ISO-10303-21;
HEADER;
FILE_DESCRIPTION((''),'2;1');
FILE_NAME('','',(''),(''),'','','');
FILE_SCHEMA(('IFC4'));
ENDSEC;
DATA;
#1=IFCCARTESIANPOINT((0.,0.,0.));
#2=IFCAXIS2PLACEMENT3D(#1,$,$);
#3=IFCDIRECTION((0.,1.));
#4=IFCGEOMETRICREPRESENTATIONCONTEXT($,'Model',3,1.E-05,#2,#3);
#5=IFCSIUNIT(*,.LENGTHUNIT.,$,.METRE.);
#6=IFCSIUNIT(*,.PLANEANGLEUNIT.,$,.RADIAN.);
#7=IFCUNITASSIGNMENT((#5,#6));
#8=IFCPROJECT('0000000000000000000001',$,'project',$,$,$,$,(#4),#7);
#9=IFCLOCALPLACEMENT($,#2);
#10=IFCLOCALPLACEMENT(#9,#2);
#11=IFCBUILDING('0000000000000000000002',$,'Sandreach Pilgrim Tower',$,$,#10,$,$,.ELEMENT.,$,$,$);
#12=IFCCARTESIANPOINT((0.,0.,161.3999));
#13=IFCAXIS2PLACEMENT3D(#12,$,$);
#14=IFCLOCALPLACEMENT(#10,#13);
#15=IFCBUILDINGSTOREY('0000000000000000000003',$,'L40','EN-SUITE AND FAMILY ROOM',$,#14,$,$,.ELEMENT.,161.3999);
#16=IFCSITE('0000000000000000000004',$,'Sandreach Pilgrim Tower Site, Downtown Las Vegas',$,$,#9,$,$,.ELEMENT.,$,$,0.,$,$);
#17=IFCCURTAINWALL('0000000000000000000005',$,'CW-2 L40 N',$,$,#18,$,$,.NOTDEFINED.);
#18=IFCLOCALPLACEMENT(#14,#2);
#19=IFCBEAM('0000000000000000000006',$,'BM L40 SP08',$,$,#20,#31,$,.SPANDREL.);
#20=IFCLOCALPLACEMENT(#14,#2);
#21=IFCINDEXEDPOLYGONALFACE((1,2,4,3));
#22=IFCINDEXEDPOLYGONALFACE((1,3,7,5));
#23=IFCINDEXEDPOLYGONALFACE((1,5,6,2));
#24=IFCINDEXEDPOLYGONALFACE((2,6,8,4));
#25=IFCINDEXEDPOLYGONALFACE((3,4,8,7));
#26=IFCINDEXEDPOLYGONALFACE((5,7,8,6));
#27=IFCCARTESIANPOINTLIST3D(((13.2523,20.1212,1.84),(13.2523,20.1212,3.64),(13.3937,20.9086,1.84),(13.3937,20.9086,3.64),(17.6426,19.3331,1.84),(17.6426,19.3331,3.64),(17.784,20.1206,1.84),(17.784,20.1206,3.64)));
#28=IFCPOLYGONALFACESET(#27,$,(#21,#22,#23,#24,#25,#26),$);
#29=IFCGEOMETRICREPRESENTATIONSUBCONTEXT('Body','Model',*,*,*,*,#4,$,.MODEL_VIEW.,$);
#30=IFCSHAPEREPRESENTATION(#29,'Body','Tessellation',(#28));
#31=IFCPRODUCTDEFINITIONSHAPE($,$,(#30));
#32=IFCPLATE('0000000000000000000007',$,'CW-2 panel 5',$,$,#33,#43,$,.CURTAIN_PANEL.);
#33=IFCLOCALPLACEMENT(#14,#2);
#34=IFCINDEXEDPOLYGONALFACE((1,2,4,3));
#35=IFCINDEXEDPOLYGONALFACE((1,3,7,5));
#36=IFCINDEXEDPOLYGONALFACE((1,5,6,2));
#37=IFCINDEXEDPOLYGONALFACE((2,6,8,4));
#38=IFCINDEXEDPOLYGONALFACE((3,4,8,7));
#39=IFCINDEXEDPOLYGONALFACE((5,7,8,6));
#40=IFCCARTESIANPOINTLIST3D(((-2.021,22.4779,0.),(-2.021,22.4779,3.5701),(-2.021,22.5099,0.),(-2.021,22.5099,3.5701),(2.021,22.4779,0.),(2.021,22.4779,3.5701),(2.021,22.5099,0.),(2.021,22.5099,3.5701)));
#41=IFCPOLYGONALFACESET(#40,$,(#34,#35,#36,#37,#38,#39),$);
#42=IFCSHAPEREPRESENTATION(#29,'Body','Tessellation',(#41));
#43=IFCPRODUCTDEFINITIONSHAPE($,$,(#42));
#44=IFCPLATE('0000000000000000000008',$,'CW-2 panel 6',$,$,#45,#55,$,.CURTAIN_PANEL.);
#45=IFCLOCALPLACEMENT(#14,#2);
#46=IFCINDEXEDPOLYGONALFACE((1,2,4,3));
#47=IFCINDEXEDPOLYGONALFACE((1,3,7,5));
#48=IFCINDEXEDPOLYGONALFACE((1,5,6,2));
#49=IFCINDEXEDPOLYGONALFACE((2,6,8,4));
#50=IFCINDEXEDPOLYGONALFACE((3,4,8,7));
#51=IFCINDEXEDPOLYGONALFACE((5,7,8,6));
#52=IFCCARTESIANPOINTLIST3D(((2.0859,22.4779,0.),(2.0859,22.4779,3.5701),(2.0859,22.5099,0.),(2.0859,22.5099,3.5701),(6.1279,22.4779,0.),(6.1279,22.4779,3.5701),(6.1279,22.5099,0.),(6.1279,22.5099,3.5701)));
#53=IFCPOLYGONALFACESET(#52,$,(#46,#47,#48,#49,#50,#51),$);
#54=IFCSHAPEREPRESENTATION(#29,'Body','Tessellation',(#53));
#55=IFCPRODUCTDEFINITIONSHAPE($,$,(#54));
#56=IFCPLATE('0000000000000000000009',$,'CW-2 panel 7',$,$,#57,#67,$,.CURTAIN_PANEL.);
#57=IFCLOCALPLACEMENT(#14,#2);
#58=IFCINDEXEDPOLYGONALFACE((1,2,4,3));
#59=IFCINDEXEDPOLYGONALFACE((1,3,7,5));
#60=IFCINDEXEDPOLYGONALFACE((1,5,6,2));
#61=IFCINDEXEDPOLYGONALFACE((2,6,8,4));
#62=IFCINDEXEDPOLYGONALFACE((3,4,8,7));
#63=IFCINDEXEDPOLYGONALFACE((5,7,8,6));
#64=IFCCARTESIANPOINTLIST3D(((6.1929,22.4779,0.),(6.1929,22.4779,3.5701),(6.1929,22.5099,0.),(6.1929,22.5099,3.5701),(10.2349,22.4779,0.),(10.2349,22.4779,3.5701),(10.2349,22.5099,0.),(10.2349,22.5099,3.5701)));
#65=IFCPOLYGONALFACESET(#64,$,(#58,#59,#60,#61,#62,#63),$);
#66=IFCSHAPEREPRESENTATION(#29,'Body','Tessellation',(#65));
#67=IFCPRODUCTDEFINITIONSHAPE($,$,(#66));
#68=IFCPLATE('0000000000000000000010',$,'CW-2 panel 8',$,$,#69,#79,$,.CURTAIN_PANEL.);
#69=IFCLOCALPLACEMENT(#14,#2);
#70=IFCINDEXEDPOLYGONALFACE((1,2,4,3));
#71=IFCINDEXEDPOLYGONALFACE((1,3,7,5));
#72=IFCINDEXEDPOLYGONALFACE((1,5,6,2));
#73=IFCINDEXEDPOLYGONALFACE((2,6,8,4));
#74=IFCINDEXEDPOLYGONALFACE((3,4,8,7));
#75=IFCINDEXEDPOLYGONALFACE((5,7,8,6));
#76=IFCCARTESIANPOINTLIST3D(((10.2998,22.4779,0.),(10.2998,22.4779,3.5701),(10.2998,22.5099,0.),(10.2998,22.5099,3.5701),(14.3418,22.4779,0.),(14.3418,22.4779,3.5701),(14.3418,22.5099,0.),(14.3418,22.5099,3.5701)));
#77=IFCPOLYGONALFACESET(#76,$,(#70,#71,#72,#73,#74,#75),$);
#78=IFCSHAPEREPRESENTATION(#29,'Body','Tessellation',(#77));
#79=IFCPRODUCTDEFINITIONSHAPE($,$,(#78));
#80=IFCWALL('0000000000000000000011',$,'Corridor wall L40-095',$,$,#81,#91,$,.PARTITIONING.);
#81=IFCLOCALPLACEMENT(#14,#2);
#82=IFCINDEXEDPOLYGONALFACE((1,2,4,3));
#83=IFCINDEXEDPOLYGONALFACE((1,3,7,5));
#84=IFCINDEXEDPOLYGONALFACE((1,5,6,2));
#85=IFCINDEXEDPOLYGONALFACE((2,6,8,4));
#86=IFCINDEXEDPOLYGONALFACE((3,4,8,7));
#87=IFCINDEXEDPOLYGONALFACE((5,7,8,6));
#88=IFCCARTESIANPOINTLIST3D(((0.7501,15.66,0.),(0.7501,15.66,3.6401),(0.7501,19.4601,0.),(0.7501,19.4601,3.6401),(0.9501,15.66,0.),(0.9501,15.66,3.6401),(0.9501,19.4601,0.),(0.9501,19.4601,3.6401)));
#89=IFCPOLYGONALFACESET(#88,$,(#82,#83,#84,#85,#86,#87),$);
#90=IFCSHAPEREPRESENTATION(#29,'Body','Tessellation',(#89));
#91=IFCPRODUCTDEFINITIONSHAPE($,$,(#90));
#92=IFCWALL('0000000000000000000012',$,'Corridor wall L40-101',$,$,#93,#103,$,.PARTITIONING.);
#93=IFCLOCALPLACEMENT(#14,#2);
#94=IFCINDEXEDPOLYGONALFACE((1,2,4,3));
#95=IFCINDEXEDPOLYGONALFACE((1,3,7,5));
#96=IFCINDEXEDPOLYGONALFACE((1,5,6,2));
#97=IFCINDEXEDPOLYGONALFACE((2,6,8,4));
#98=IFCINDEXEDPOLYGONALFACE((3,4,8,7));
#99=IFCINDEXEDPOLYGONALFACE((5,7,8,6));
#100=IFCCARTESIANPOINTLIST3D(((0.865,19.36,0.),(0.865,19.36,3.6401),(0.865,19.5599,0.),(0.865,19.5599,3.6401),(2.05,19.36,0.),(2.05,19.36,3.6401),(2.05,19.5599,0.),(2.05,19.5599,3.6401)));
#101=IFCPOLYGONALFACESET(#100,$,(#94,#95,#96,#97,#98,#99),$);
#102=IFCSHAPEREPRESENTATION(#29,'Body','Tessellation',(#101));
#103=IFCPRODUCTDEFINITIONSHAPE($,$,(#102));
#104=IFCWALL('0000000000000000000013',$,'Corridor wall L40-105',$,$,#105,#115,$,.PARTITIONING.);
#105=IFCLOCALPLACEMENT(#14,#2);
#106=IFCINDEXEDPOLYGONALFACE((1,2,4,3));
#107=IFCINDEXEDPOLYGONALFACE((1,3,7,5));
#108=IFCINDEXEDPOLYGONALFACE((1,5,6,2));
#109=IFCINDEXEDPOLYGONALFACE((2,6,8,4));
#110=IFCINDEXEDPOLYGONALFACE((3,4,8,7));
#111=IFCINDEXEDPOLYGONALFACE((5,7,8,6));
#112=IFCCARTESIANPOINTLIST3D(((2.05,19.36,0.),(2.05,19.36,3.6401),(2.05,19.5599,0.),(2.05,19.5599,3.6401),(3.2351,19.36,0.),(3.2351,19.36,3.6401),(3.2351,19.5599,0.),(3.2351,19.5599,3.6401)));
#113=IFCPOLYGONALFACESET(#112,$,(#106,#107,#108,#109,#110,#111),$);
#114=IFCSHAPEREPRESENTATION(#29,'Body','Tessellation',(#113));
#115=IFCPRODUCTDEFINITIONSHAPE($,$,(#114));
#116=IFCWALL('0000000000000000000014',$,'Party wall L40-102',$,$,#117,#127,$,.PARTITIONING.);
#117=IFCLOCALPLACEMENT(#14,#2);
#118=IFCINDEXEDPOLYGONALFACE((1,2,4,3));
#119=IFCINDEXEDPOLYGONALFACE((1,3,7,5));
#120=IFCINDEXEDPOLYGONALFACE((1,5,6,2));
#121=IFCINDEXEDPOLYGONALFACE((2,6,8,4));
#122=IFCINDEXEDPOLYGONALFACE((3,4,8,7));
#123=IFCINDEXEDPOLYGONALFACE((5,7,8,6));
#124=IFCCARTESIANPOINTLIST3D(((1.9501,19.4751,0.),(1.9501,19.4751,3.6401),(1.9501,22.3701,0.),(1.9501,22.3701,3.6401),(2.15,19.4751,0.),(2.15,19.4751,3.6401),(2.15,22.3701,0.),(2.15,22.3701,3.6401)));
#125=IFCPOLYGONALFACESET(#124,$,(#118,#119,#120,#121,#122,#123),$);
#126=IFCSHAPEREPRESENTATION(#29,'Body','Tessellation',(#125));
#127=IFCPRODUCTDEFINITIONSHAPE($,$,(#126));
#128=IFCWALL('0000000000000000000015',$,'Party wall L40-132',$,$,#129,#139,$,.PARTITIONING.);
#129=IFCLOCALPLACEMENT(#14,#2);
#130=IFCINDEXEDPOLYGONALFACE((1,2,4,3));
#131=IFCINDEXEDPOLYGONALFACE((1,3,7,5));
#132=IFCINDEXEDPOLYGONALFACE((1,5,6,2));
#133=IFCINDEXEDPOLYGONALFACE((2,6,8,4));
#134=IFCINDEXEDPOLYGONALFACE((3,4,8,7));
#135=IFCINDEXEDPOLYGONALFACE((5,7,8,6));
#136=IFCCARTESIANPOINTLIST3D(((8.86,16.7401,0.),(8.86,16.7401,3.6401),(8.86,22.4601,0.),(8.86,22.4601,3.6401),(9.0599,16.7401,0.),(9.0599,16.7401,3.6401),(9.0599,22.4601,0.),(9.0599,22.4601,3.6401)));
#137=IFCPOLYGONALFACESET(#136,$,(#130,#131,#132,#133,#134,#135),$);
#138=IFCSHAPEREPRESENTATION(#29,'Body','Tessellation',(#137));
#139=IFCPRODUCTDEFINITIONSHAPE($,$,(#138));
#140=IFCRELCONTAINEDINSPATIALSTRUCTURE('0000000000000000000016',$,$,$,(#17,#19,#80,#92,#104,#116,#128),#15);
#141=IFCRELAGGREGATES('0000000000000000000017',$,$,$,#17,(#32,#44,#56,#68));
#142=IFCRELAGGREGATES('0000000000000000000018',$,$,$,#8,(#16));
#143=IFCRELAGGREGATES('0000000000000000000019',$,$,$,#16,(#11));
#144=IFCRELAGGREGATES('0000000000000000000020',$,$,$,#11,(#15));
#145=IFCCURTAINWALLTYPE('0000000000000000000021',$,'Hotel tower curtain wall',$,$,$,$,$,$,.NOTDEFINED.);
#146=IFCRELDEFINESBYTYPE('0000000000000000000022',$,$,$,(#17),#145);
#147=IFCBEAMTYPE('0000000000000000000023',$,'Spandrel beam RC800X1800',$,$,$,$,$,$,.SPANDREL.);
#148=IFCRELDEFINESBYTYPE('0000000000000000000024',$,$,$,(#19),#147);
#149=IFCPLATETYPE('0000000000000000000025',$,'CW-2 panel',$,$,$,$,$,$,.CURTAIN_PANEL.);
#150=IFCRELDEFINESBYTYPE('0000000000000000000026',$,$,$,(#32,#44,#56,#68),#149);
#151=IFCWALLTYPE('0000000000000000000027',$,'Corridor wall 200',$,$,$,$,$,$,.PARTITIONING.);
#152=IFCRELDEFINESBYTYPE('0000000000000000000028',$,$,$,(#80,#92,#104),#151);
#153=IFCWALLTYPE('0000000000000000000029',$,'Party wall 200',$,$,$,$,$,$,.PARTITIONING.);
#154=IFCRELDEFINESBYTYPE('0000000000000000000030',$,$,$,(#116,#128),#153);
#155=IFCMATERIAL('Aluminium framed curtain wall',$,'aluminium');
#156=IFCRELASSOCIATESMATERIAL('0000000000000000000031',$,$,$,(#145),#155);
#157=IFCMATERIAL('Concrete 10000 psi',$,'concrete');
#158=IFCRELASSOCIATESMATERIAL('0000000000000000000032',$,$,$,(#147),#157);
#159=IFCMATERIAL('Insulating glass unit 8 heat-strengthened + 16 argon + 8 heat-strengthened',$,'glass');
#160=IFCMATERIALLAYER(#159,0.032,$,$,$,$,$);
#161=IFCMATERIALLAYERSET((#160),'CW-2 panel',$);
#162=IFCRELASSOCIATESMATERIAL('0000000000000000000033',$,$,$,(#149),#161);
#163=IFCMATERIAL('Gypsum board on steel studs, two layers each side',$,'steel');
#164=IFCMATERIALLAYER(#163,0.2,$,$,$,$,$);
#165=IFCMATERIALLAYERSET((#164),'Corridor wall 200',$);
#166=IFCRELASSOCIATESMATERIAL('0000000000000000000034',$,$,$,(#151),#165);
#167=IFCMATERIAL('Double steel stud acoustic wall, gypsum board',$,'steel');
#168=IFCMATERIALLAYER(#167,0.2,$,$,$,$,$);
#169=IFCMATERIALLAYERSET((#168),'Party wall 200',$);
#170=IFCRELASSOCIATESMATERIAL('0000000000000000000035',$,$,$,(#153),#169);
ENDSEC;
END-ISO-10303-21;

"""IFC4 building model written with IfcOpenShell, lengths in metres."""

from ifc_helpers import new_model, si_unit, direction, frame, frame_2d, origin, origin_2d, place, context, subcontext, project, spatial, rectangle, extrude, material, layer, layer_set, material_profile, profile_set, type_object, element, aggregate, save


model = new_model("IFC4")

# Units and contexts
model_context = context("Model", 3, precision=1e-05, world=origin(), true_north=direction((0.0, 1.0)))
body_context = subcontext(model_context, "Body", "Model", "MODEL_VIEW")
ifc_project = project(units=[si_unit("LENGTHUNIT", "METRE"), si_unit("PLANEANGLEUNIT", "RADIAN")], contexts=[model_context])

# Site, building, storey
site_placement = place(None, origin())
site = spatial("IfcSite", under=ifc_project, at=site_placement, Name="Sandreach Pilgrim Tower Site, Downtown Las Vegas", CompositionType="ELEMENT", RefElevation=0.0)
building_placement = place(site_placement, origin())
building = spatial("IfcBuilding", under=site, at=building_placement, Name="Sandreach Pilgrim Tower", CompositionType="ELEMENT")
storey_placement = place(building_placement, frame((0.0, 0.0, 161.3999)))
storey = spatial("IfcBuildingStorey", under=building, at=storey_placement, Name="L40", Description="EN-SUITE AND FAMILY ROOM", CompositionType="ELEMENT", Elevation=161.3999)

# Curtain wall
ifc_material_1 = material(Name="Aluminium framed curtain wall", Category="aluminium")
curtain_wall_type = type_object("IfcCurtainWallType", Name="Hotel tower curtain wall", PredefinedType="NOTDEFINED", material=ifc_material_1)
curtain_wall_placement = place(storey_placement, origin())
curtain_wall = element("IfcCurtainWall", 1, at=curtain_wall_placement, inside=storey, type_object=curtain_wall_type, Name="CW-2 L40 N", PredefinedType="NOTDEFINED")

# Beam
ifc_material_2 = material(Name="Concrete 10000 psi", Category="concrete")
ifc_material_profile_1 = material_profile(ifc_material_2, rectangle(XDim=0.8, YDim=1.8, at=origin_2d()), Name="RC800X1800")
ifc_profile_set_1 = profile_set([ifc_material_profile_1], Name="Concrete 10000 psi")
beam_type_1 = type_object("IfcBeamType", Name="Spandrel beam RC800X1800", PredefinedType="SPANDREL", material=ifc_profile_set_1)
beam_1_placement = place(storey_placement, frame((13.323, 20.5149, 2.74), z_axis=(0.984269, -0.176679, 0.0), x_axis=(0.176679, 0.984269, 0.0)))
element("IfcBeam", 2, at=beam_1_placement, inside=storey, type_object=beam_type_1, Name="BM L40 SP08", PredefinedType="SPANDREL", context=body_context, shape_type="SweptSolid", body=[
    extrude(rectangle(XDim=0.8, YDim=1.8, at=origin_2d()), origin(), (0.0, 0.0, 1.0), 4.4604),
])

# Plates
ifc_material_3 = material(Name="Insulating glass unit 8 heat-strengthened + 16 argon + 8 heat-strengthened", Category="glass")
ifc_layer_1 = layer(ifc_material_3, 0.032)
ifc_layer_set_1 = layer_set([ifc_layer_1], Name="CW-2 panel")
plate_type = type_object("IfcPlateType", Name="CW-2 panel", PredefinedType="CURTAIN_PANEL", material=ifc_layer_set_1)
plate_1_placement = place(storey_placement, frame((0.0, 22.4939, 0.0), z_axis=(0.0, 0.0, 1.0), x_axis=(1.0, 0.0, 0.0)))
plate_1 = element("IfcPlate", 3, at=plate_1_placement, type_object=plate_type, Name="CW-2 panel 5", PredefinedType="CURTAIN_PANEL", context=body_context, shape_type="SweptSolid", body=[
    extrude(rectangle(XDim=4.042, YDim=0.032, at=origin_2d()), origin(), (0.0, 0.0, 1.0), 3.5701),
])
plate_2_placement = place(storey_placement, frame((4.1069, 22.4939, 0.0), z_axis=(0.0, 0.0, 1.0), x_axis=(1.0, 0.0, 0.0)))
plate_2 = element("IfcPlate", 4, at=plate_2_placement, type_object=plate_type, Name="CW-2 panel 6", PredefinedType="CURTAIN_PANEL", context=body_context, shape_type="SweptSolid", body=[
    extrude(rectangle(XDim=4.042, YDim=0.032, at=origin_2d()), origin(), (0.0, 0.0, 1.0), 3.5701),
])
plate_3_placement = place(storey_placement, frame((8.2139, 22.4939, 0.0), z_axis=(0.0, 0.0, 1.0), x_axis=(1.0, 0.0, 0.0)))
plate_3 = element("IfcPlate", 5, at=plate_3_placement, type_object=plate_type, Name="CW-2 panel 7", PredefinedType="CURTAIN_PANEL", context=body_context, shape_type="SweptSolid", body=[
    extrude(rectangle(XDim=4.042, YDim=0.032, at=origin_2d()), origin(), (0.0, 0.0, 1.0), 3.5701),
])
plate_4_placement = place(storey_placement, frame((12.3208, 22.4939, 0.0), z_axis=(0.0, 0.0, 1.0), x_axis=(1.0, 0.0, 0.0)))
plate_4 = element("IfcPlate", 6, at=plate_4_placement, type_object=plate_type, Name="CW-2 panel 8", PredefinedType="CURTAIN_PANEL", context=body_context, shape_type="SweptSolid", body=[
    extrude(rectangle(XDim=4.042, YDim=0.032, at=origin_2d()), origin(), (0.0, 0.0, 1.0), 3.5701),
])
aggregate(curtain_wall, [plate_1, plate_2, plate_3, plate_4])

# Walls
ifc_material_4 = material(Name="Gypsum board on steel studs, two layers each side", Category="steel")
ifc_layer_2 = layer(ifc_material_4, 0.2)
ifc_layer_set_2 = layer_set([ifc_layer_2], Name="Corridor wall 200")
wall_type_1 = type_object("IfcWallType", Name="Corridor wall 200", PredefinedType="PARTITIONING", material=ifc_layer_set_2)
wall_1_placement = place(storey_placement, frame((0.8501, 19.46, 0.0), z_axis=(0.0, 0.0, 1.0), x_axis=(0.0, -1.0, 0.0)))
element("IfcWall", 7, at=wall_1_placement, inside=storey, type_object=wall_type_1, Name="Corridor wall L40-095", PredefinedType="PARTITIONING", context=body_context, shape_type="SweptSolid", body=[
    extrude(rectangle(XDim=3.8, YDim=0.2, at=frame_2d((1.8999, 0.0))), origin(), (0.0, 0.0, 1.0), 3.6401),
])
for number, where, z_axis, x_axis, name in (
    (8, (2.05, 19.46, 0.0), (0.0, 0.0, 1.0), (-1.0, 0.0, 0.0), "Corridor wall L40-101"),
    (9, (3.2351, 19.46, 0.0), (0.0, 0.0, 1.0), (-1.0, 0.0, 0.0), "Corridor wall L40-105"),
):
    element("IfcWall", number, at=place(storey_placement, frame(where, z_axis=z_axis, x_axis=x_axis)), inside=storey, type_object=wall_type_1, Name=name, PredefinedType="PARTITIONING", context=body_context, shape_type="SweptSolid", body=[
        extrude(rectangle(XDim=1.1851, YDim=0.2, at=frame_2d((0.5925, 0.0))), origin(), (0.0, 0.0, 1.0), 3.6401),
    ])
ifc_material_5 = material(Name="Double steel stud acoustic wall, gypsum board", Category="steel")
ifc_layer_3 = layer(ifc_material_5, 0.2)
ifc_layer_set_3 = layer_set([ifc_layer_3], Name="Party wall 200")
wall_type_2 = type_object("IfcWallType", Name="Party wall 200", PredefinedType="PARTITIONING", material=ifc_layer_set_3)
wall_2_placement = place(storey_placement, frame((2.05, 22.3701, 0.0), z_axis=(0.0, 0.0, 1.0), x_axis=(0.0, -1.0, 0.0)))
element("IfcWall", 10, at=wall_2_placement, inside=storey, type_object=wall_type_2, Name="Party wall L40-102", PredefinedType="PARTITIONING", context=body_context, shape_type="SweptSolid", body=[
    extrude(rectangle(XDim=2.895, YDim=0.2, at=frame_2d((1.4475, 0.0))), origin(), (0.0, 0.0, 1.0), 3.6401),
])
wall_3_placement = place(storey_placement, frame((8.96, 22.46, 0.0), z_axis=(0.0, 0.0, 1.0), x_axis=(0.0, -1.0, 0.0)))
element("IfcWall", 11, at=wall_3_placement, inside=storey, type_object=wall_type_2, Name="Party wall L40-132", PredefinedType="PARTITIONING", context=body_context, shape_type="SweptSolid", body=[
    extrude(rectangle(XDim=5.72, YDim=0.2, at=frame_2d((2.8599, 0.0))), origin(), (0.0, 0.0, 1.0), 3.6401),
])

save(model, "model.ifc")
